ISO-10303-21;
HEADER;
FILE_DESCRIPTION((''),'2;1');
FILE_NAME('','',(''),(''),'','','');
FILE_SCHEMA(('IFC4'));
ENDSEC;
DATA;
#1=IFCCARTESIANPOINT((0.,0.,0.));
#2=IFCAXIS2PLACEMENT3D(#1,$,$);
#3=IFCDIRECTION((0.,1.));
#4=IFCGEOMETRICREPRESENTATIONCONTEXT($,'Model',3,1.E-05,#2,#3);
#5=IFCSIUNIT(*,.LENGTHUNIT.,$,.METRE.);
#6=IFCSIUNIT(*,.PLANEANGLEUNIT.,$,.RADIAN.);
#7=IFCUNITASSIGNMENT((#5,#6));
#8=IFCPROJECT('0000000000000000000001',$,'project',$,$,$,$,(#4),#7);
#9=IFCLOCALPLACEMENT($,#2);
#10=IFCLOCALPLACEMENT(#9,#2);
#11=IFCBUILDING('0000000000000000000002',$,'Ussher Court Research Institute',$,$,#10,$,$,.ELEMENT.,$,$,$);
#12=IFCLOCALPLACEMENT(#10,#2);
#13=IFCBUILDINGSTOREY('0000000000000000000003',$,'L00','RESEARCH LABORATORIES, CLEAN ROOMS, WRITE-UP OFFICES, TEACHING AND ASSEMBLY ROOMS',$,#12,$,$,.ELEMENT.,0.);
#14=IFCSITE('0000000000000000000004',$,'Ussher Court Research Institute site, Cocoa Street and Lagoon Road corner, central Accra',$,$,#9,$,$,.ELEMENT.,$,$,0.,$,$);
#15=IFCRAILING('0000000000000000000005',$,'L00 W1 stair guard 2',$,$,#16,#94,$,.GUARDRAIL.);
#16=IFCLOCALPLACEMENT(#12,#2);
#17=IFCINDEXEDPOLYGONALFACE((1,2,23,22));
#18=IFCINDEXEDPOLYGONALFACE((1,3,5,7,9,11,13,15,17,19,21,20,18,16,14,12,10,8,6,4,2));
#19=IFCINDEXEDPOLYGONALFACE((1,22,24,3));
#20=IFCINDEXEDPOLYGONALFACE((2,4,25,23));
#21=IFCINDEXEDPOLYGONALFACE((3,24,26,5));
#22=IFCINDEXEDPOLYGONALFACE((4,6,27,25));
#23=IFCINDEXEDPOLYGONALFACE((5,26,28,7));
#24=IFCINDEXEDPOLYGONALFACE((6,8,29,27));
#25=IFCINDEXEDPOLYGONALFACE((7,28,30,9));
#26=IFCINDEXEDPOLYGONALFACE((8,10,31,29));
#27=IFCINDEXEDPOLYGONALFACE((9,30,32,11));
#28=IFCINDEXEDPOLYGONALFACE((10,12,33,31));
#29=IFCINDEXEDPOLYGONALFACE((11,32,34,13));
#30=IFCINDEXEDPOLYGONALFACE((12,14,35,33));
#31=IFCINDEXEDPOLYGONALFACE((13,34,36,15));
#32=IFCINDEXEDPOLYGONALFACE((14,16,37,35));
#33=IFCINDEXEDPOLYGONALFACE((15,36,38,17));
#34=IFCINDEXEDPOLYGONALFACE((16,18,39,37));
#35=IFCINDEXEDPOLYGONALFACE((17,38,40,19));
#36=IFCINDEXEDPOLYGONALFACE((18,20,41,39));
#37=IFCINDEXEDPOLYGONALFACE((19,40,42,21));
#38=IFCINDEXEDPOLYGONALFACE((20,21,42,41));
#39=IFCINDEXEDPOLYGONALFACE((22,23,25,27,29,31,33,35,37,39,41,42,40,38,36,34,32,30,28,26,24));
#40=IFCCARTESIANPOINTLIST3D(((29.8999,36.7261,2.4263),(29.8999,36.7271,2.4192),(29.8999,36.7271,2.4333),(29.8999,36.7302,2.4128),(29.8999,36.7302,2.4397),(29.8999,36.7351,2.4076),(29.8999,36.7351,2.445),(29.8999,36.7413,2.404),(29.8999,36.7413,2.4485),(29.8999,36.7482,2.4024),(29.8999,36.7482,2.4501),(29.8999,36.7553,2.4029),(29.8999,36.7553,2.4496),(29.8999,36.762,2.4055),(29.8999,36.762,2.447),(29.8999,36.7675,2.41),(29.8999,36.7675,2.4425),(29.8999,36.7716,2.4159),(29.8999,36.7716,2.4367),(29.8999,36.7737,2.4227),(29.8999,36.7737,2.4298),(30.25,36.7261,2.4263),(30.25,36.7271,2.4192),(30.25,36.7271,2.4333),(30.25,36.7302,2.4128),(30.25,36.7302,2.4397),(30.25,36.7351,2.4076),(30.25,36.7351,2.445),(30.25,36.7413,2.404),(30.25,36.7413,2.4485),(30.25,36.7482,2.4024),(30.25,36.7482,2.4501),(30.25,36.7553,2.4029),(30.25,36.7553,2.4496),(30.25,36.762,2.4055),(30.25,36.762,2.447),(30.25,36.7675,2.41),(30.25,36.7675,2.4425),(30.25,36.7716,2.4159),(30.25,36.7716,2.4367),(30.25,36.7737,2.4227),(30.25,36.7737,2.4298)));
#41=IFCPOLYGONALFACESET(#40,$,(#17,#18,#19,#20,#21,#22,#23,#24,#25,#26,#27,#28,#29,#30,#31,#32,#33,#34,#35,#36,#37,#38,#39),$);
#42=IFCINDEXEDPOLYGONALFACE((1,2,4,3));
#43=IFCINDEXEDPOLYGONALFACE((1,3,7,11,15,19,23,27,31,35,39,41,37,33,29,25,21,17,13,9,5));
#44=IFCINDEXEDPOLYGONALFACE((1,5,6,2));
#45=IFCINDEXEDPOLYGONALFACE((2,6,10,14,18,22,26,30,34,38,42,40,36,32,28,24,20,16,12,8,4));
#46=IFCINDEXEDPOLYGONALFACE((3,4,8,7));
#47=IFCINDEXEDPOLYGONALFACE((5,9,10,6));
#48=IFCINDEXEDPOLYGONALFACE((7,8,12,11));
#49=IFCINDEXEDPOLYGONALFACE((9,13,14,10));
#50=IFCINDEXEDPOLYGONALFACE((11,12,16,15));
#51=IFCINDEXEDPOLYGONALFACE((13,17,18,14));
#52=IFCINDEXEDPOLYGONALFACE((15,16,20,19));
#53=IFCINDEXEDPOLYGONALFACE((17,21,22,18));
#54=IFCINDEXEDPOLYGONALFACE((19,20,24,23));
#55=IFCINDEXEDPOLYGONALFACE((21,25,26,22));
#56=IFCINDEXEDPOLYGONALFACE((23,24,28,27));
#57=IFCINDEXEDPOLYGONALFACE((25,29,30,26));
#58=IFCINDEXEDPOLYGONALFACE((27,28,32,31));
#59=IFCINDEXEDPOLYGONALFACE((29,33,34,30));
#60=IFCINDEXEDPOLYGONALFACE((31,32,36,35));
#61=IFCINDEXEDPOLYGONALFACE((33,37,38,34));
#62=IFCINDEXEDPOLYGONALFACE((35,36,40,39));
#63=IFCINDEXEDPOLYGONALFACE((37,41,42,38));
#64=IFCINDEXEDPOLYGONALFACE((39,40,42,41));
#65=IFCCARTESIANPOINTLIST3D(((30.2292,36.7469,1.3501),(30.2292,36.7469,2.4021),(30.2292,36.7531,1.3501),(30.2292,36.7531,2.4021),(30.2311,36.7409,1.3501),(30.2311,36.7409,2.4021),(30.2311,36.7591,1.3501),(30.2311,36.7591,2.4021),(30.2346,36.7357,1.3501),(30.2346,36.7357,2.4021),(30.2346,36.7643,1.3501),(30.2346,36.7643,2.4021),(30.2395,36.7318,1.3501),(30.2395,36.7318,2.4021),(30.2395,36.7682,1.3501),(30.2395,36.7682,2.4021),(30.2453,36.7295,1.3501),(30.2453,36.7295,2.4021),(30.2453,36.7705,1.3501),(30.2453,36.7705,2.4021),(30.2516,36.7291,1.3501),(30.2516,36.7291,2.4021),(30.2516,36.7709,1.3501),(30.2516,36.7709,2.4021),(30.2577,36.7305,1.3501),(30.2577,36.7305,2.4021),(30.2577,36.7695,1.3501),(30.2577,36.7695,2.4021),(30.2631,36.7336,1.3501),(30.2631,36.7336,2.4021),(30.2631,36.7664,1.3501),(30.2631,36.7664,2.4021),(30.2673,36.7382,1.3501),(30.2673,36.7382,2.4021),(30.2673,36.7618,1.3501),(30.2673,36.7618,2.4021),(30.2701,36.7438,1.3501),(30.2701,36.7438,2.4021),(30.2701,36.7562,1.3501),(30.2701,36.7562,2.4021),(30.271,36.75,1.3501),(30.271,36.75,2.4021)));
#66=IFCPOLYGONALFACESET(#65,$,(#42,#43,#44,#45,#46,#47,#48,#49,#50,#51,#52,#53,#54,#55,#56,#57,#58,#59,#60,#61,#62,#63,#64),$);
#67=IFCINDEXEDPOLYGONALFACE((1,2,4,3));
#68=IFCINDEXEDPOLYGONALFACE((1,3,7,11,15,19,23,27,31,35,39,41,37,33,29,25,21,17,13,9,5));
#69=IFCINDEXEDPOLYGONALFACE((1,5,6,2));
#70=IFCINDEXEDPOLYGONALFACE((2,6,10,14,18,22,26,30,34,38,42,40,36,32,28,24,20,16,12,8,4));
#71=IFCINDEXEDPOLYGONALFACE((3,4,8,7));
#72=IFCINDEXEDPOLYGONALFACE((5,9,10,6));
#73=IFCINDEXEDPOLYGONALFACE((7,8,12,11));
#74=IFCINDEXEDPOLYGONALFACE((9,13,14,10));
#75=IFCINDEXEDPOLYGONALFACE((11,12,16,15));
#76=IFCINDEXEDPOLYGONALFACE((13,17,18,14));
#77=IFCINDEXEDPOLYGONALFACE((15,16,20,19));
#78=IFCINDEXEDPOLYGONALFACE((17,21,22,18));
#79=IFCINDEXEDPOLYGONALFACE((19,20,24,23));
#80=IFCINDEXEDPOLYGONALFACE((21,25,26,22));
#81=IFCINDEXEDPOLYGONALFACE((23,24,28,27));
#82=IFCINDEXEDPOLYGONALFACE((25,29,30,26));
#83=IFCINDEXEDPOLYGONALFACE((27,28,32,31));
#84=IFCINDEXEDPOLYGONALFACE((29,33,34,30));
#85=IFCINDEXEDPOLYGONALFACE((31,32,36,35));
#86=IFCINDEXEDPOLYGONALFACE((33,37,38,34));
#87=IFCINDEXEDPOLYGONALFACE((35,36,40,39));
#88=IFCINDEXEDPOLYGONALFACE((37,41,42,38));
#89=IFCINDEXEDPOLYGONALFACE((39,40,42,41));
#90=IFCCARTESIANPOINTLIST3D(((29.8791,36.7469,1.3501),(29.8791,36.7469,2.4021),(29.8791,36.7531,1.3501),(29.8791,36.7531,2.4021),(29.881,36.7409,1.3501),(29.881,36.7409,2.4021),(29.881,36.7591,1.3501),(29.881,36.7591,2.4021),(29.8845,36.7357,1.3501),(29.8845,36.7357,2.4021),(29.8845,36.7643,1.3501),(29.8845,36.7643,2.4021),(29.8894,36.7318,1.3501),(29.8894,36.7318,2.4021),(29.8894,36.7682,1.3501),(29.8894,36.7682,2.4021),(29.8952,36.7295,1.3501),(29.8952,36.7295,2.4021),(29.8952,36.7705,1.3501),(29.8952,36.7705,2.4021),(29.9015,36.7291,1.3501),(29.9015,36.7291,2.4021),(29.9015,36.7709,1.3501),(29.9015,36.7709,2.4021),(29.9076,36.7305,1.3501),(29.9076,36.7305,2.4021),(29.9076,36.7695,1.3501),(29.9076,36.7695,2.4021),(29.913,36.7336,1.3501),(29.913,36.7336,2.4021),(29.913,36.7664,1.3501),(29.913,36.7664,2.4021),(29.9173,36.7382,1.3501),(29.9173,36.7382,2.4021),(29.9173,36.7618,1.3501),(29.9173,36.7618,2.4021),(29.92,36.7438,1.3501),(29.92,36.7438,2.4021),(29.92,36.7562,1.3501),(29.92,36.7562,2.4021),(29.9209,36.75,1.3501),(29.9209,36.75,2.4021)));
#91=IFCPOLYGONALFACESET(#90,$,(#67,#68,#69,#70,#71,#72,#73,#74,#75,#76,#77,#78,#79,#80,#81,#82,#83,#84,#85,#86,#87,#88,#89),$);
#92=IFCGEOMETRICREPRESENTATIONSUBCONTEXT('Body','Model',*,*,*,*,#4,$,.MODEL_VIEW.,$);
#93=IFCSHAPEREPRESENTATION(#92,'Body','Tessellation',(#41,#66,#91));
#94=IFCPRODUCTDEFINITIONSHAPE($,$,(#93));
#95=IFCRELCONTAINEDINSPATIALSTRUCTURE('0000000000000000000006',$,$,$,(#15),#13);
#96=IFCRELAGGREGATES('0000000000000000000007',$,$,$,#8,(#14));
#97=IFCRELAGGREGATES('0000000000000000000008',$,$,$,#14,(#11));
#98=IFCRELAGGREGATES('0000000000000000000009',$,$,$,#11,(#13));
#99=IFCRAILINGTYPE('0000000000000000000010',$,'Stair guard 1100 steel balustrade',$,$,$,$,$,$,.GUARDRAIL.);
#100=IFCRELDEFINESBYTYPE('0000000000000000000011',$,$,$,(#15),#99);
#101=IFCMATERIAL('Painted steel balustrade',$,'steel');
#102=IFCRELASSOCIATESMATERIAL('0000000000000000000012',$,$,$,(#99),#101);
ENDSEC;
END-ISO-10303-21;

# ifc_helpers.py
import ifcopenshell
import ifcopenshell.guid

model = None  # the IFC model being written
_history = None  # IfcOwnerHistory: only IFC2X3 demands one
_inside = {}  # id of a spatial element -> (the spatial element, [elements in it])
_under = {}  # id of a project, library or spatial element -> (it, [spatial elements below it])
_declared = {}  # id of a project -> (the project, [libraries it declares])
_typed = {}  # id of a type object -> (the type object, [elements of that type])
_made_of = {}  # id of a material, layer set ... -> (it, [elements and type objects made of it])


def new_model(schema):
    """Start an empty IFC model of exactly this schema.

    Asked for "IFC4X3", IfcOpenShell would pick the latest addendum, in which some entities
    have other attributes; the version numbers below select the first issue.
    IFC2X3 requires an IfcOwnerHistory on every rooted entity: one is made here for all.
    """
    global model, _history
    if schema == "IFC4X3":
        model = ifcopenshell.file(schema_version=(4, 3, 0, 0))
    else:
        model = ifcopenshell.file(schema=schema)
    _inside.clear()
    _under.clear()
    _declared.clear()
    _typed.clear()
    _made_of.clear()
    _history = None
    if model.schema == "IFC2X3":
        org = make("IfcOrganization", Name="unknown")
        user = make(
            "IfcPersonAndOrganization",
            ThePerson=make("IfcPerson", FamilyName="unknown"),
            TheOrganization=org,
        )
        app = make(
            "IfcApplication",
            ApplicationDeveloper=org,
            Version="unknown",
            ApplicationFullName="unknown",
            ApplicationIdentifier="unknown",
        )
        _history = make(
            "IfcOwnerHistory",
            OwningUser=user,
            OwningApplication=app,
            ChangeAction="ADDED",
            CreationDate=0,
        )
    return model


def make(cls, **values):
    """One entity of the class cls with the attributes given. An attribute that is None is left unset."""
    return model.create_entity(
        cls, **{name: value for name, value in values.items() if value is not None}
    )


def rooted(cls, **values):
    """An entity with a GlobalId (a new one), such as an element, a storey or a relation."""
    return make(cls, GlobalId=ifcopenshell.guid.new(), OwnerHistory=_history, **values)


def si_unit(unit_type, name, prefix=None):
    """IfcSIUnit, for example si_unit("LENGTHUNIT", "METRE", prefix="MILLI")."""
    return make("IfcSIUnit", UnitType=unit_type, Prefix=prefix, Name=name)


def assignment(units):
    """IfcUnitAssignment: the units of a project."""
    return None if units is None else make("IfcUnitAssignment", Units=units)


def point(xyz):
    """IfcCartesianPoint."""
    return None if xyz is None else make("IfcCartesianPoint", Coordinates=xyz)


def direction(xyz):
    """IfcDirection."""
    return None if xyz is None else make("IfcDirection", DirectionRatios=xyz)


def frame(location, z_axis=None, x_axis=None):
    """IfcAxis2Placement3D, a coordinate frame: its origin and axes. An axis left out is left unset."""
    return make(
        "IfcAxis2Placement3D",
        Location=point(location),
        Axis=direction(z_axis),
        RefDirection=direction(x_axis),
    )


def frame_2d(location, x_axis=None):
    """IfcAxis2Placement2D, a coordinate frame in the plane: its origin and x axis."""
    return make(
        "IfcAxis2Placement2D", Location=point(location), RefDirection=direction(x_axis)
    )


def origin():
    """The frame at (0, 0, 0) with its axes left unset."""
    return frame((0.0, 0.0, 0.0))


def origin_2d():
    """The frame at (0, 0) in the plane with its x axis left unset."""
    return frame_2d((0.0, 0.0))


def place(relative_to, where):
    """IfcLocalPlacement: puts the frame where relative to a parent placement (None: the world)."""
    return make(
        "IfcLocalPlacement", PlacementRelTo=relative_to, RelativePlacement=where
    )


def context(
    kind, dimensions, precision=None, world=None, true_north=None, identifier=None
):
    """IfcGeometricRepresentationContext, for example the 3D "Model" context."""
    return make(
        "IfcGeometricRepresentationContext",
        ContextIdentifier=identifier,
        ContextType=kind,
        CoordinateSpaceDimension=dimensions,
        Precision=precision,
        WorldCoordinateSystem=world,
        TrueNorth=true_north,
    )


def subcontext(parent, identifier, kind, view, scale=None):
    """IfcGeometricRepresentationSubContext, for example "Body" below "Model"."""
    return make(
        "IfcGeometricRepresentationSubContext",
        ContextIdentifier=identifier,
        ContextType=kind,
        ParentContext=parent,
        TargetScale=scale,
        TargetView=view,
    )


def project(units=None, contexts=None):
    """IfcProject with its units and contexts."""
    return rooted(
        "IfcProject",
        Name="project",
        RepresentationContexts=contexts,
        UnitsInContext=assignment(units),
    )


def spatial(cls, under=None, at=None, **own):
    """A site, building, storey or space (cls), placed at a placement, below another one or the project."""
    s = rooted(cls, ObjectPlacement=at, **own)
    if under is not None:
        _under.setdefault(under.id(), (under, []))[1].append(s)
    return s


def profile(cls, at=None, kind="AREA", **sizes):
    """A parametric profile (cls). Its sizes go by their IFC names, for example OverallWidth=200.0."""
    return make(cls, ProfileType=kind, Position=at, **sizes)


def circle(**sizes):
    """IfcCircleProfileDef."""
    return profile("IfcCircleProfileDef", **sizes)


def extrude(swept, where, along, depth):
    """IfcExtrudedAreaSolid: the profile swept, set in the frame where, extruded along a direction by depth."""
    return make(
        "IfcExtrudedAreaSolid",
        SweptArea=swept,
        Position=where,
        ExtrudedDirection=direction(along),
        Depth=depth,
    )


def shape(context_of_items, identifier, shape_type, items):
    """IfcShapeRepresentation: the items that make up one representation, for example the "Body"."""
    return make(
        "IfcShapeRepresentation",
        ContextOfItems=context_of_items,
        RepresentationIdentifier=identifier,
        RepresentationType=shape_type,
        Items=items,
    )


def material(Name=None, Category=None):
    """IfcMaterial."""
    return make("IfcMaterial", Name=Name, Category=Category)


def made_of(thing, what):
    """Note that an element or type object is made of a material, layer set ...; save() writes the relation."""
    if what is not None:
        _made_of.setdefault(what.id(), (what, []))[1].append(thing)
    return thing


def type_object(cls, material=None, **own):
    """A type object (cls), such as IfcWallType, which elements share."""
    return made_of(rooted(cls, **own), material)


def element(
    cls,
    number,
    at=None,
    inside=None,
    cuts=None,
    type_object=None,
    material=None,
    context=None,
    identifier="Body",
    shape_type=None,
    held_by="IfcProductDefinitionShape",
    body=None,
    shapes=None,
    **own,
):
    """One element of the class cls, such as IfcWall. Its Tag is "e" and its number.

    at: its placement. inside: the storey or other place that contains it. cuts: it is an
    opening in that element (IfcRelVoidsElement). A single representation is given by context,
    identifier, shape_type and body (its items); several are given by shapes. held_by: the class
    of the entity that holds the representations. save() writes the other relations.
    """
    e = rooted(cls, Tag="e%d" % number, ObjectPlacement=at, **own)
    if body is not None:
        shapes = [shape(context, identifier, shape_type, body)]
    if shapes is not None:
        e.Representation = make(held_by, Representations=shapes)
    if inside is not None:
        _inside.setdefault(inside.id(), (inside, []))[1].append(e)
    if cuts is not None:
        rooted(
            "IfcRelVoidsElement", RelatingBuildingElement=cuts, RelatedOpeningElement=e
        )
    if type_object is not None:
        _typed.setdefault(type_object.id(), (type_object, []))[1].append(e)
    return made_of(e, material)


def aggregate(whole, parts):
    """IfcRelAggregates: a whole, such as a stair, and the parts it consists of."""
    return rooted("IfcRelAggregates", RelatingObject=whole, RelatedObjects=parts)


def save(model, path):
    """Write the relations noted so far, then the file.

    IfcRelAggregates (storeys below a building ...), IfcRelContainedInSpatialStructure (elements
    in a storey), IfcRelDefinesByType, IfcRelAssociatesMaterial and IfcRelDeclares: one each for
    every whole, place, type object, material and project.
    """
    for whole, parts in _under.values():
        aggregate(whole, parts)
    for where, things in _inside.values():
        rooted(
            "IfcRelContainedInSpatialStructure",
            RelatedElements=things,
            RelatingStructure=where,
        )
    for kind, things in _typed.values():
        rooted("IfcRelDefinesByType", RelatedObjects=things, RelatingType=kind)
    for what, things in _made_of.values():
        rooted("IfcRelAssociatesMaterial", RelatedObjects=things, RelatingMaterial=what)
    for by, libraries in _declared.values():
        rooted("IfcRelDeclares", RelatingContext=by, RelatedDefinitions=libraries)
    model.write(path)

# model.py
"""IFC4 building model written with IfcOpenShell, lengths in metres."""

from ifc_helpers import new_model, si_unit, direction, frame, origin, origin_2d, place, context, subcontext, project, spatial, circle, extrude, material, type_object, element, save


model = new_model("IFC4")

# Units and contexts
model_context = context("Model", 3, precision=1e-05, world=origin(), true_north=direction((0.0, 1.0)))
body_context = subcontext(model_context, "Body", "Model", "MODEL_VIEW")
ifc_project = project(units=[si_unit("LENGTHUNIT", "METRE"), si_unit("PLANEANGLEUNIT", "RADIAN")], contexts=[model_context])

# Site, building, storey
site_placement = place(None, origin())
site = spatial("IfcSite", under=ifc_project, at=site_placement, Name="Ussher Court Research Institute site, Cocoa Street and Lagoon Road corner, central Accra", CompositionType="ELEMENT", RefElevation=0.0)
building_placement = place(site_placement, origin())
building = spatial("IfcBuilding", under=site, at=building_placement, Name="Ussher Court Research Institute", CompositionType="ELEMENT")
storey_placement = place(building_placement, origin())
storey = spatial("IfcBuildingStorey", under=building, at=storey_placement, Name="L00", Description="RESEARCH LABORATORIES, CLEAN ROOMS, WRITE-UP OFFICES, TEACHING AND ASSEMBLY ROOMS", CompositionType="ELEMENT", Elevation=0.0)

# Railing
ifc_material_1 = material(Name="Painted steel balustrade", Category="steel")
railing_type_1 = type_object("IfcRailingType", Name="Stair guard 1100 steel balustrade", PredefinedType="GUARDRAIL", material=ifc_material_1)
railing_1_placement = place(storey_placement, frame((30.25, 36.75, 1.3501)))
element("IfcRailing", 1, at=railing_1_placement, inside=storey, type_object=railing_type_1, Name="L00 W1 stair guard 2", PredefinedType="GUARDRAIL", context=body_context, shape_type="SweptSolid", body=[
    extrude(circle(Radius=0.0239, at=origin_2d()), frame((0.0, 0.0, 1.0762), z_axis=(-1.0, 0.0, 0.0), x_axis=(0.0, -1.0, 0.0)), (0.0, 0.0, 1.0), 0.3501),
    extrude(circle(Radius=0.021, at=origin_2d()), origin(), (0.0, 0.0, 1.0), 1.052),
    extrude(circle(Radius=0.021, at=origin_2d()), frame((-0.3501, 0.0, 0.0)), (0.0, 0.0, 1.0), 1.052),
])

save(model, "model.ifc")
